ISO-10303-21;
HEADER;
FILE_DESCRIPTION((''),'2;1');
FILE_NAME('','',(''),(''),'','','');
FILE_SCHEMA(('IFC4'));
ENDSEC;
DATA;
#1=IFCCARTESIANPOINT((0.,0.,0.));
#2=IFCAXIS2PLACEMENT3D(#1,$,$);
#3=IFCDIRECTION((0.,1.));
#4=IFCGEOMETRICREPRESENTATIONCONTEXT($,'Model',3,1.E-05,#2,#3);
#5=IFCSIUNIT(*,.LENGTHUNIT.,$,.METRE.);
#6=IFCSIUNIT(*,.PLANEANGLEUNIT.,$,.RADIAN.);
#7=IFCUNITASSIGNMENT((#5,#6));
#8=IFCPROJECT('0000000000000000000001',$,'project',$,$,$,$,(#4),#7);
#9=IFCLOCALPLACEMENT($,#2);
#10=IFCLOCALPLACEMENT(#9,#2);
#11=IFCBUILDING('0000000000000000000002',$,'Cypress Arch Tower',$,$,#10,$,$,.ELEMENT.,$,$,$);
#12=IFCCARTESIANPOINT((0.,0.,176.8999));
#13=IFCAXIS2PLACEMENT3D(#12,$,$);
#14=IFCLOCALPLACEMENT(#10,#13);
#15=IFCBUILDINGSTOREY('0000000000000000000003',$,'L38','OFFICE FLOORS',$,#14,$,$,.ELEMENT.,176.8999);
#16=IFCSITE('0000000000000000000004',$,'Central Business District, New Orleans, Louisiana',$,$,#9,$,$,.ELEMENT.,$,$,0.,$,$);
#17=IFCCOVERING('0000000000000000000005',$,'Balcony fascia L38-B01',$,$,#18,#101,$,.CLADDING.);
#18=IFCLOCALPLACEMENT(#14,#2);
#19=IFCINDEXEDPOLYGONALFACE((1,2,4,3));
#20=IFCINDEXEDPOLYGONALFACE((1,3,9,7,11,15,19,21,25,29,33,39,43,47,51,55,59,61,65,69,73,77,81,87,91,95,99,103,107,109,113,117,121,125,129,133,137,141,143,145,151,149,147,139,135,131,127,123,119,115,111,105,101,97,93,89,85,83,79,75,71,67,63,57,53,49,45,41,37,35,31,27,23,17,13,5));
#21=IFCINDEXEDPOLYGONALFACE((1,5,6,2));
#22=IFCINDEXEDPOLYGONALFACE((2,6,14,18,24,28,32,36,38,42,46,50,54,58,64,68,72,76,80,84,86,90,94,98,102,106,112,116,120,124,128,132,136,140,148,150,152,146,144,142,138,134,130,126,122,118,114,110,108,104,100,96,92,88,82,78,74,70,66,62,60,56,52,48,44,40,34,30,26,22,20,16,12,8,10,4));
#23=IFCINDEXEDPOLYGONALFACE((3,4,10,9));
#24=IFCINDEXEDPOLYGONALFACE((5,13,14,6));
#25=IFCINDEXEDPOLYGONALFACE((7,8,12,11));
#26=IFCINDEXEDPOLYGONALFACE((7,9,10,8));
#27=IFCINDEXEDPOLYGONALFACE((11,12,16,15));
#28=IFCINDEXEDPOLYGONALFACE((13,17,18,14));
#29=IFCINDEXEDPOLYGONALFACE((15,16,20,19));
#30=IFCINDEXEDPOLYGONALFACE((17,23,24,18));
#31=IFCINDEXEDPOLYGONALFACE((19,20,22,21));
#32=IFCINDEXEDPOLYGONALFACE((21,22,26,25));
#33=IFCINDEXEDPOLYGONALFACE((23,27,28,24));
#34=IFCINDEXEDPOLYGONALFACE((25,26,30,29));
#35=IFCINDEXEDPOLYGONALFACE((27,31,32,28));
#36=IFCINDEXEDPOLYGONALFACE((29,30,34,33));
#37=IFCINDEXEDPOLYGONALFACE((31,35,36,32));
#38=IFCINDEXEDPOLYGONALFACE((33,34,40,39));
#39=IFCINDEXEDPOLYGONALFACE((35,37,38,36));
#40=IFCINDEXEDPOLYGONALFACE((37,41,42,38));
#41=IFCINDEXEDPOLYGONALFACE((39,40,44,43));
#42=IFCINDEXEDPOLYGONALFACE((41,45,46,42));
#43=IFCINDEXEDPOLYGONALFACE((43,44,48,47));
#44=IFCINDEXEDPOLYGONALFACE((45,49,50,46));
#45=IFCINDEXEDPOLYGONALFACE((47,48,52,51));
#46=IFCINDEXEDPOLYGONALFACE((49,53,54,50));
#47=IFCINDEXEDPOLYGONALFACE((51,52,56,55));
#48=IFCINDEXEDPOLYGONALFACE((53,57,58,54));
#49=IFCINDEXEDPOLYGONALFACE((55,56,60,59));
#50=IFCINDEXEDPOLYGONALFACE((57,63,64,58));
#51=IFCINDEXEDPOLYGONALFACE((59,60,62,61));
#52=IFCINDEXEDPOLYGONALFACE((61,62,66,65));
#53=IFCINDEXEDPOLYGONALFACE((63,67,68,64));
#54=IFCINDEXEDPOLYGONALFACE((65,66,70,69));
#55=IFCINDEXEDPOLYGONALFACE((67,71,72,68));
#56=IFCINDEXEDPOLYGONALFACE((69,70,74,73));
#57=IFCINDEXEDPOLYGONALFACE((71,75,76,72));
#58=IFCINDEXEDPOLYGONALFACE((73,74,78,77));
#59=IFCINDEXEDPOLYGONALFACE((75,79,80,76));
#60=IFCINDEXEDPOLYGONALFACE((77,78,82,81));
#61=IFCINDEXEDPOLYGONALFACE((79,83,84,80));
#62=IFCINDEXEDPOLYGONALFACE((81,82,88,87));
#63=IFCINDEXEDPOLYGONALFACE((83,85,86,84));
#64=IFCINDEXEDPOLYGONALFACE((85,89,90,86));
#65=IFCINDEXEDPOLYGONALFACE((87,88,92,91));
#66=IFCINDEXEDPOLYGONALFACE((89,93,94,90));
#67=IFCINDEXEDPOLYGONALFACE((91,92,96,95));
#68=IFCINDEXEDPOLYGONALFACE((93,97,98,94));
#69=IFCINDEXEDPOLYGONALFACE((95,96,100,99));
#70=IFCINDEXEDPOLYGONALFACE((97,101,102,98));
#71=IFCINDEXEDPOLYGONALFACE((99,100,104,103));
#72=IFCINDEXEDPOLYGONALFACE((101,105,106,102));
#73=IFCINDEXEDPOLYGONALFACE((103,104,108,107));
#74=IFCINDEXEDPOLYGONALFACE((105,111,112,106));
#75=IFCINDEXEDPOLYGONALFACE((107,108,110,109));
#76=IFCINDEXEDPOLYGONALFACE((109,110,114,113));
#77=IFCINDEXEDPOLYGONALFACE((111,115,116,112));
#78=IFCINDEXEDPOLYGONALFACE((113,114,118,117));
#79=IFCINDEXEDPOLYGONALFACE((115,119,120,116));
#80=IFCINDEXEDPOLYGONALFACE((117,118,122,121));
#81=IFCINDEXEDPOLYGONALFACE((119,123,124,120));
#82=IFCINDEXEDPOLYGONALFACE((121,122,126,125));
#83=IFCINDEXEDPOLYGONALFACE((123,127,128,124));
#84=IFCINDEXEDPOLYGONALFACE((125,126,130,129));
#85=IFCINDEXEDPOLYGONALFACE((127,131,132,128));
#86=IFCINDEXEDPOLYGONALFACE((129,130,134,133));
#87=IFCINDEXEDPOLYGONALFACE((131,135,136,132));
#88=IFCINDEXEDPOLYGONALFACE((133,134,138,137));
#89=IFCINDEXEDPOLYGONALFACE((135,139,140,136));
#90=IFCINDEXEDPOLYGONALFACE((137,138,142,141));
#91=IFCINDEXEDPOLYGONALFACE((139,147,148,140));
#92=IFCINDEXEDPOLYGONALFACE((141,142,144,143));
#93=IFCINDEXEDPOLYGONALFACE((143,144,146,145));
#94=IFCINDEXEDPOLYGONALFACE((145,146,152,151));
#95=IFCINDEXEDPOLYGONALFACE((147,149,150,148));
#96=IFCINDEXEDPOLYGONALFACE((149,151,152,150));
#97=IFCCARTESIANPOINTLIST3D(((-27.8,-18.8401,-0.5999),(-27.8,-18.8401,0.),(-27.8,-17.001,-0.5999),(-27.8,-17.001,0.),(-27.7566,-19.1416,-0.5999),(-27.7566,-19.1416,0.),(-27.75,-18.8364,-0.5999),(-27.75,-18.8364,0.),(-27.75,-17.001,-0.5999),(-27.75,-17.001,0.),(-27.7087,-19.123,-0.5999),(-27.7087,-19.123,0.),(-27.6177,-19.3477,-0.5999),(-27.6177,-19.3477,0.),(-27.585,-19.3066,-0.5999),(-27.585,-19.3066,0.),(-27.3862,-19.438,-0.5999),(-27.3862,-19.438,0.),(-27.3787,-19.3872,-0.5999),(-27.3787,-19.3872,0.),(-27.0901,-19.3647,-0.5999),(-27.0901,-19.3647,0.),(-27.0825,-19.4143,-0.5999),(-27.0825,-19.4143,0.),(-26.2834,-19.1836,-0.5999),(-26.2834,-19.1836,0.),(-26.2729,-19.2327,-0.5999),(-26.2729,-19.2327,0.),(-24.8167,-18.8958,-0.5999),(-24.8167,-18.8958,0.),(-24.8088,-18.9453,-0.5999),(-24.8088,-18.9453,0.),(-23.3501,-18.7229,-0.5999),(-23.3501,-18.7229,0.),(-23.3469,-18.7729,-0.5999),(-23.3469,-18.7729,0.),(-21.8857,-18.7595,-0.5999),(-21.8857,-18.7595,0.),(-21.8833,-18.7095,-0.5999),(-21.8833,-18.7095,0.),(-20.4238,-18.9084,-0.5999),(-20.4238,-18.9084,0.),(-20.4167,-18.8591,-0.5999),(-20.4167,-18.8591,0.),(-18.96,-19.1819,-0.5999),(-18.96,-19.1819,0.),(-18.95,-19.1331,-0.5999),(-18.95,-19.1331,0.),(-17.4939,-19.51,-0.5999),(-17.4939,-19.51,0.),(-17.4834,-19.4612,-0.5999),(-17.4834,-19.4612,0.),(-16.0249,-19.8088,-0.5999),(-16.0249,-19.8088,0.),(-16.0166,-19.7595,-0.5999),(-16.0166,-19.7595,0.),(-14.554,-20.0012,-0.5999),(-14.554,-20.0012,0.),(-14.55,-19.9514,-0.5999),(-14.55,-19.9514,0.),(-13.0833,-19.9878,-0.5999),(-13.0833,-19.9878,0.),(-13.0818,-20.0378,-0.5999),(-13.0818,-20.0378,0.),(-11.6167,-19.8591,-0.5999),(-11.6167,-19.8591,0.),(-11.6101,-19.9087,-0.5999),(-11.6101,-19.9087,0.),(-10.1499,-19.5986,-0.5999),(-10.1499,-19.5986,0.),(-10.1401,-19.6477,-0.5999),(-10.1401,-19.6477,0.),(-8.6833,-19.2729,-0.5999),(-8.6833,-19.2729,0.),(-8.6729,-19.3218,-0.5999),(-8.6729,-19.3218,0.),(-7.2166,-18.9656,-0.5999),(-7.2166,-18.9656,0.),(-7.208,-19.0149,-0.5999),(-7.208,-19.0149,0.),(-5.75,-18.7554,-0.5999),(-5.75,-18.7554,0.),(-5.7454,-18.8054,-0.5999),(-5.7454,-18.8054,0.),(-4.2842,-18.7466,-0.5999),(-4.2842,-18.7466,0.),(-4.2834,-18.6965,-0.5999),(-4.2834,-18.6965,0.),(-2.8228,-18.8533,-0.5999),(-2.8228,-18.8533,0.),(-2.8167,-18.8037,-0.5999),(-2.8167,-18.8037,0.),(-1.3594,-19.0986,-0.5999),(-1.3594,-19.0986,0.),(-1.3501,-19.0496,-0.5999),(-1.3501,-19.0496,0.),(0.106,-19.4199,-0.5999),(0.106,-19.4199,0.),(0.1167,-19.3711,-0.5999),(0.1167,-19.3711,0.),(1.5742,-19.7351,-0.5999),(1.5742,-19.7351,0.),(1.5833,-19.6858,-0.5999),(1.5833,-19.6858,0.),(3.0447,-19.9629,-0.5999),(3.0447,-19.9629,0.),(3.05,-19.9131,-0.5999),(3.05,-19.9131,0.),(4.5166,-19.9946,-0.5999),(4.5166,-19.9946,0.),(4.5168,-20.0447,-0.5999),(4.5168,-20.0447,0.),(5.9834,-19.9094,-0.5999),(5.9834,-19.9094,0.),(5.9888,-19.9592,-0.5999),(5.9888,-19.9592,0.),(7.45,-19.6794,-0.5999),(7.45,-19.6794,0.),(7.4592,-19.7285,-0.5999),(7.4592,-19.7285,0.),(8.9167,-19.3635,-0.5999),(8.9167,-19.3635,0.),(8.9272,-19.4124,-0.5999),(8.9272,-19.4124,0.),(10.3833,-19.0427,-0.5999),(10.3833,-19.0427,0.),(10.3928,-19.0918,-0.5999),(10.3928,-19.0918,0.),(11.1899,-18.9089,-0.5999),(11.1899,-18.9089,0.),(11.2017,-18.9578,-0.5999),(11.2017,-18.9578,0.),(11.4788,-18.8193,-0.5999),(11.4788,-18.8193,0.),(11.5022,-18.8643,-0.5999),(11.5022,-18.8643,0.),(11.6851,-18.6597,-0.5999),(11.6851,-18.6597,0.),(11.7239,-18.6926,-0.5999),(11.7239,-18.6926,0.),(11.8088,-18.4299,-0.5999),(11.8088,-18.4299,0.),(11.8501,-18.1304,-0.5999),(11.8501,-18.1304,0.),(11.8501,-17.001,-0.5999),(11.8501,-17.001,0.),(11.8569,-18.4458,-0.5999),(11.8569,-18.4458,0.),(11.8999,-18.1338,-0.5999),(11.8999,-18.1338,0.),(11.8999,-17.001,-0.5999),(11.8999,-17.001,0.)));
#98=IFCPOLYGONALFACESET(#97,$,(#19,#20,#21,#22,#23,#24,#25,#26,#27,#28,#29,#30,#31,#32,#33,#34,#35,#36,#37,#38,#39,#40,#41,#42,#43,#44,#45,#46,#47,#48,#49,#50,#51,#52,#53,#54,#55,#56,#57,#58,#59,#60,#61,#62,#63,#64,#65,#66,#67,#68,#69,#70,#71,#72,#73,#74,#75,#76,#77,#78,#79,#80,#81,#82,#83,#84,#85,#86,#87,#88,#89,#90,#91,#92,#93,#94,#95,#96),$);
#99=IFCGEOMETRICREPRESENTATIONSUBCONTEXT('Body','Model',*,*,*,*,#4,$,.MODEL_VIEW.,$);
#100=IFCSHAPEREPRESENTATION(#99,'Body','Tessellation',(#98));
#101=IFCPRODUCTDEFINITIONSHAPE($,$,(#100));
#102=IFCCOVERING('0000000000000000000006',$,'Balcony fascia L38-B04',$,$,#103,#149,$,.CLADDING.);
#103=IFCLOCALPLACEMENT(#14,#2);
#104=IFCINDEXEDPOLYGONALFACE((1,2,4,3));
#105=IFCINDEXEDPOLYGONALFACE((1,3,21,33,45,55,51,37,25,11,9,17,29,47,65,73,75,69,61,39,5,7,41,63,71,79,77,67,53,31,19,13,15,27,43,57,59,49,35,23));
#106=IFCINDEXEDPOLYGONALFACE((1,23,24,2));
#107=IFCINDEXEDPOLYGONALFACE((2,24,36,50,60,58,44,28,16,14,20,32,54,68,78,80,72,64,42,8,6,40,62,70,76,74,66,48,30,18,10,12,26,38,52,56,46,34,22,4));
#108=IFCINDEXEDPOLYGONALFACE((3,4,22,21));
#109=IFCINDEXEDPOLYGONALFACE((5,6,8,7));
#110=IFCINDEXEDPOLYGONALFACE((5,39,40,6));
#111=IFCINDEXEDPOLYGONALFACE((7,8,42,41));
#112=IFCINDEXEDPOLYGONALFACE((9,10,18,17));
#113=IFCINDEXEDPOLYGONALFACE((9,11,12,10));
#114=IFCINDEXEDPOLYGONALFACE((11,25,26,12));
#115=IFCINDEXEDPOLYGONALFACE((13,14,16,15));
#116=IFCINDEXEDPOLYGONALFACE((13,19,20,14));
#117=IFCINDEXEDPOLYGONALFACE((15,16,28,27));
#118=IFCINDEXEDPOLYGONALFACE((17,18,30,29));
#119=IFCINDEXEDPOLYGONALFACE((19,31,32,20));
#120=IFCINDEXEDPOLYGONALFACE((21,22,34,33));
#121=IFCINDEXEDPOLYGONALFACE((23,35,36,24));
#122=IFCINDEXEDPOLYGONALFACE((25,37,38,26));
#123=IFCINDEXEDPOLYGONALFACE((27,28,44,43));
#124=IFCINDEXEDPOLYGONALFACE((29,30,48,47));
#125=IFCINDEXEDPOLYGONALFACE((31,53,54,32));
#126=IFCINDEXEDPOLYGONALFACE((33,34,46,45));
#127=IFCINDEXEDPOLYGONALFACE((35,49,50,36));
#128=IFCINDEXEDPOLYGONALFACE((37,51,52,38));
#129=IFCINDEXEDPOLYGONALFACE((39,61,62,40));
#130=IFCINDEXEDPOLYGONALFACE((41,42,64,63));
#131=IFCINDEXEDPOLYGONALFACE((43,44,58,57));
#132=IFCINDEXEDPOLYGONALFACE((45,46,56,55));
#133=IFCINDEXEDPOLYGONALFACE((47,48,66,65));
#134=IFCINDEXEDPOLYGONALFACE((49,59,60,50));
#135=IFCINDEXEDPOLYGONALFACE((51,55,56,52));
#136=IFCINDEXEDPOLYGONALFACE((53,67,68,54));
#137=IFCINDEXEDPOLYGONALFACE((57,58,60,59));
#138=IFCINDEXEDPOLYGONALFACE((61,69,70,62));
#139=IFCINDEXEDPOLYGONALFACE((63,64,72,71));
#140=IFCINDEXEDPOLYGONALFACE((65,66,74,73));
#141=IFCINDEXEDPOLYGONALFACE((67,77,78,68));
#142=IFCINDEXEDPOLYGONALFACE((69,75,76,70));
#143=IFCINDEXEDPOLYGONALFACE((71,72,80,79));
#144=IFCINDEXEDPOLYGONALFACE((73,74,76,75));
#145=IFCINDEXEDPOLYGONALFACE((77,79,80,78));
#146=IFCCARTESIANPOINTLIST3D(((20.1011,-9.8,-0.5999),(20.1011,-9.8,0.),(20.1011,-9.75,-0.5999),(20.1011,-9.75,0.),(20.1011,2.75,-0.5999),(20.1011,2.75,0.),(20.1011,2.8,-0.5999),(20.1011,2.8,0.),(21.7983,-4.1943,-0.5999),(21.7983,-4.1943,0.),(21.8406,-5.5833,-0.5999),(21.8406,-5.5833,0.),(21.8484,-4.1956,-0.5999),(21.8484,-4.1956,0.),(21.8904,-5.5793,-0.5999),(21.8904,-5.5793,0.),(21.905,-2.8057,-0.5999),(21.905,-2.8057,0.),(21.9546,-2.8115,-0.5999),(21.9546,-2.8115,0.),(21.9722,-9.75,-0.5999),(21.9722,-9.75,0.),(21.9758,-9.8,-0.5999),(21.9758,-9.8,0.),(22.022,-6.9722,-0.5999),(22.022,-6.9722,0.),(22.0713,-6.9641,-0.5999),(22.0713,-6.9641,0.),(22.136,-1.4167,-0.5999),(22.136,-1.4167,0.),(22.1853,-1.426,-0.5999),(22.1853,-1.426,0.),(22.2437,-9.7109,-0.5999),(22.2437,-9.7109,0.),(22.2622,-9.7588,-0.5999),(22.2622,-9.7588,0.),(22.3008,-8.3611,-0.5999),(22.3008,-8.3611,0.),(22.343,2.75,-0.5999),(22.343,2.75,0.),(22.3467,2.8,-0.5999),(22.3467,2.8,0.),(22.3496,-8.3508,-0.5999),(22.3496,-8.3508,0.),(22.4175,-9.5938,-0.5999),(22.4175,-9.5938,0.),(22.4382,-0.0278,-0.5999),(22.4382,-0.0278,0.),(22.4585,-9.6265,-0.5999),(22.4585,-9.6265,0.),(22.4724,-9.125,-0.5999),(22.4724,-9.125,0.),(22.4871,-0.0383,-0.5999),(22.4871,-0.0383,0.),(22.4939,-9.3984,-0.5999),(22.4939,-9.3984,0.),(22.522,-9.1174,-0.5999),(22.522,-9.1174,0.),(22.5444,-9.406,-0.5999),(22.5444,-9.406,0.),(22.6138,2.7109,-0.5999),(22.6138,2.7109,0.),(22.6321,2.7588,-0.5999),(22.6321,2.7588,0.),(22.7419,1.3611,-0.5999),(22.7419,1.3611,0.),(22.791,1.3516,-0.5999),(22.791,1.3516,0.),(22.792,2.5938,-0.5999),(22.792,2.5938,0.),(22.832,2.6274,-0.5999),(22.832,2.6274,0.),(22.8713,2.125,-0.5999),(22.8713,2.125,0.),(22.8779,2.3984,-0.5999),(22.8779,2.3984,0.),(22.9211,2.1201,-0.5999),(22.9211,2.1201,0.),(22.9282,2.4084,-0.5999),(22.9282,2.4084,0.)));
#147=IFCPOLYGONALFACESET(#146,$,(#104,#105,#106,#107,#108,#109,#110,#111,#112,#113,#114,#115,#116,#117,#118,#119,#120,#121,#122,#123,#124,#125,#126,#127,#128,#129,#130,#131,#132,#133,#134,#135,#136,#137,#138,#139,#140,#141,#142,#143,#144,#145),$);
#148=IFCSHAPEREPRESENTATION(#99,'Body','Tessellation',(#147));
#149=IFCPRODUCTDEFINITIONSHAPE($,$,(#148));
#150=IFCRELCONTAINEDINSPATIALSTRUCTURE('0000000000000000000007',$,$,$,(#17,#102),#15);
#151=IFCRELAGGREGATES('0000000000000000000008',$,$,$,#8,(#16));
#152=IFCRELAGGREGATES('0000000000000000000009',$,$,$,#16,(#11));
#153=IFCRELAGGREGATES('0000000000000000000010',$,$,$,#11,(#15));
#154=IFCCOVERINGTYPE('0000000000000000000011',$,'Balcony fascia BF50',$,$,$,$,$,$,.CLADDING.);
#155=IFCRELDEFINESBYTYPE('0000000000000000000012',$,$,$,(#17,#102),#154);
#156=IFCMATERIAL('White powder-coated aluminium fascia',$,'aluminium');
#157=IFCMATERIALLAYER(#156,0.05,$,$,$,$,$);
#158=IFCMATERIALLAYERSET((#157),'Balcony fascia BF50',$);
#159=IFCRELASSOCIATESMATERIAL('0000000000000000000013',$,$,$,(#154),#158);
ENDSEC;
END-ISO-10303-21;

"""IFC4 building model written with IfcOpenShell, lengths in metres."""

from ifc_helpers import new_model, si_unit, direction, frame, origin, place, context, subcontext, project, spatial, polyline, outline, extrude, material, layer, layer_set, type_object, element, save


model = new_model("IFC4")

# Units and contexts
model_context = context("Model", 3, precision=1e-05, world=origin(), true_north=direction((0.0, 1.0)))
body_context = subcontext(model_context, "Body", "Model", "MODEL_VIEW")
ifc_project = project(units=[si_unit("LENGTHUNIT", "METRE"), si_unit("PLANEANGLEUNIT", "RADIAN")], contexts=[model_context])

# Site, building, storey
site_placement = place(None, origin())
site = spatial("IfcSite", under=ifc_project, at=site_placement, Name="Central Business District, New Orleans, Louisiana", CompositionType="ELEMENT", RefElevation=0.0)
building_placement = place(site_placement, origin())
building = spatial("IfcBuilding", under=site, at=building_placement, Name="Cypress Arch Tower", CompositionType="ELEMENT")
storey_placement = place(building_placement, frame((0.0, 0.0, 176.8999)))
storey = spatial("IfcBuildingStorey", under=building, at=storey_placement, Name="L38", Description="OFFICE FLOORS", CompositionType="ELEMENT", Elevation=176.8999)

# Coverings
ifc_material_1 = material(Name="White powder-coated aluminium fascia", Category="aluminium")
ifc_layer_1 = layer(ifc_material_1, 0.05)
ifc_layer_set_1 = layer_set([ifc_layer_1], Name="Balcony fascia BF50")
covering_type_1 = type_object("IfcCoveringType", Name="Balcony fascia BF50", PredefinedType="CLADDING", material=ifc_layer_set_1)
covering_1_placement = place(storey_placement, frame((0.0, 0.0, -0.5999)))
element("IfcCovering", 1, at=covering_1_placement, inside=storey, type_object=covering_type_1, Name="Balcony fascia L38-B01", PredefinedType="CLADDING", context=body_context, shape_type="SweptSolid", body=[
    extrude(outline(polyline([(11.8999, -18.1338), (11.8569, -18.4458), (11.7239, -18.6926), (11.5022, -18.8643), (11.2017, -18.9578), (10.3928, -19.0918), (8.9272, -19.4124), (7.4592, -19.7285), (5.9888, -19.9592), (4.5168, -20.0447), (3.0447, -19.9629), (1.5742, -19.7351), (0.106, -19.4199), (-1.3594, -19.0986), (-2.8228, -18.8533), (-4.2842, -18.7466), (-5.7454, -18.8054), (-7.208, -19.0149), (-8.6729, -19.3218), (-10.1401, -19.6477), (-11.6101, -19.9087), (-13.0818, -20.0378), (-14.554, -20.0012), (-16.0249, -19.8088), (-17.4939, -19.51), (-18.96, -19.1819), (-20.4238, -18.9084), (-21.8857, -18.7595), (-23.3469, -18.7729), (-24.8088, -18.9453), (-26.2729, -19.2327), (-27.0825, -19.4143), (-27.3862, -19.438), (-27.6177, -19.3477), (-27.7566, -19.1416), (-27.8, -18.8401), (-27.8, -17.001), (-27.75, -17.001), (-27.75, -18.8364), (-27.7087, -19.123), (-27.585, -19.3066), (-27.3787, -19.3872), (-27.0901, -19.3647), (-26.2834, -19.1836), (-24.8167, -18.8958), (-23.3501, -18.7229), (-21.8833, -18.7095), (-20.4167, -18.8591), (-18.95, -19.1331), (-17.4834, -19.4612), (-16.0166, -19.7595), (-14.55, -19.9514), (-13.0833, -19.9878), (-11.6167, -19.8591), (-10.1499, -19.5986), (-8.6833, -19.2729), (-7.2166, -18.9656), (-5.75, -18.7554), (-4.2834, -18.6965), (-2.8167, -18.8037), (-1.3501, -19.0496), (0.1167, -19.3711), (1.5833, -19.6858), (3.05, -19.9131), (4.5166, -19.9946), (5.9834, -19.9094), (7.45, -19.6794), (8.9167, -19.3635), (10.3833, -19.0427), (11.1899, -18.9089), (11.4788, -18.8193), (11.6851, -18.6597), (11.8088, -18.4299), (11.8501, -18.1304), (11.8501, -17.001), (11.8999, -17.001), (11.8999, -18.1338)])), origin(), (0.0, 0.0, 1.0), 0.5999),
])
covering_2_placement = place(storey_placement, frame((0.0, 0.0, -0.5999)))
element("IfcCovering", 2, at=covering_2_placement, inside=storey, type_object=covering_type_1, Name="Balcony fascia L38-B04", PredefinedType="CLADDING", context=body_context, shape_type="SweptSolid", body=[
    extrude(outline(polyline([(22.3467, 2.8), (22.6321, 2.7588), (22.832, 2.6274), (22.9282, 2.4084), (22.9211, 2.1201), (22.791, 1.3516), (22.4871, -0.0383), (22.1853, -1.426), (21.9546, -2.8115), (21.8484, -4.1956), (21.8904, -5.5793), (22.0713, -6.9641), (22.3496, -8.3508), (22.522, -9.1174), (22.5444, -9.406), (22.4585, -9.6265), (22.2622, -9.7588), (21.9758, -9.8), (20.1011, -9.8), (20.1011, -9.75), (21.9722, -9.75), (22.2437, -9.7109), (22.4175, -9.5938), (22.4939, -9.3984), (22.4724, -9.125), (22.3008, -8.3611), (22.022, -6.9722), (21.8406, -5.5833), (21.7983, -4.1943), (21.905, -2.8057), (22.136, -1.4167), (22.4382, -0.0278), (22.7419, 1.3611), (22.8713, 2.125), (22.8779, 2.3984), (22.792, 2.5938), (22.6138, 2.7109), (22.343, 2.75), (20.1011, 2.75), (20.1011, 2.8), (22.3467, 2.8)])), origin(), (0.0, 0.0, 1.0), 0.5999),
])

save(model, "model.ifc")
